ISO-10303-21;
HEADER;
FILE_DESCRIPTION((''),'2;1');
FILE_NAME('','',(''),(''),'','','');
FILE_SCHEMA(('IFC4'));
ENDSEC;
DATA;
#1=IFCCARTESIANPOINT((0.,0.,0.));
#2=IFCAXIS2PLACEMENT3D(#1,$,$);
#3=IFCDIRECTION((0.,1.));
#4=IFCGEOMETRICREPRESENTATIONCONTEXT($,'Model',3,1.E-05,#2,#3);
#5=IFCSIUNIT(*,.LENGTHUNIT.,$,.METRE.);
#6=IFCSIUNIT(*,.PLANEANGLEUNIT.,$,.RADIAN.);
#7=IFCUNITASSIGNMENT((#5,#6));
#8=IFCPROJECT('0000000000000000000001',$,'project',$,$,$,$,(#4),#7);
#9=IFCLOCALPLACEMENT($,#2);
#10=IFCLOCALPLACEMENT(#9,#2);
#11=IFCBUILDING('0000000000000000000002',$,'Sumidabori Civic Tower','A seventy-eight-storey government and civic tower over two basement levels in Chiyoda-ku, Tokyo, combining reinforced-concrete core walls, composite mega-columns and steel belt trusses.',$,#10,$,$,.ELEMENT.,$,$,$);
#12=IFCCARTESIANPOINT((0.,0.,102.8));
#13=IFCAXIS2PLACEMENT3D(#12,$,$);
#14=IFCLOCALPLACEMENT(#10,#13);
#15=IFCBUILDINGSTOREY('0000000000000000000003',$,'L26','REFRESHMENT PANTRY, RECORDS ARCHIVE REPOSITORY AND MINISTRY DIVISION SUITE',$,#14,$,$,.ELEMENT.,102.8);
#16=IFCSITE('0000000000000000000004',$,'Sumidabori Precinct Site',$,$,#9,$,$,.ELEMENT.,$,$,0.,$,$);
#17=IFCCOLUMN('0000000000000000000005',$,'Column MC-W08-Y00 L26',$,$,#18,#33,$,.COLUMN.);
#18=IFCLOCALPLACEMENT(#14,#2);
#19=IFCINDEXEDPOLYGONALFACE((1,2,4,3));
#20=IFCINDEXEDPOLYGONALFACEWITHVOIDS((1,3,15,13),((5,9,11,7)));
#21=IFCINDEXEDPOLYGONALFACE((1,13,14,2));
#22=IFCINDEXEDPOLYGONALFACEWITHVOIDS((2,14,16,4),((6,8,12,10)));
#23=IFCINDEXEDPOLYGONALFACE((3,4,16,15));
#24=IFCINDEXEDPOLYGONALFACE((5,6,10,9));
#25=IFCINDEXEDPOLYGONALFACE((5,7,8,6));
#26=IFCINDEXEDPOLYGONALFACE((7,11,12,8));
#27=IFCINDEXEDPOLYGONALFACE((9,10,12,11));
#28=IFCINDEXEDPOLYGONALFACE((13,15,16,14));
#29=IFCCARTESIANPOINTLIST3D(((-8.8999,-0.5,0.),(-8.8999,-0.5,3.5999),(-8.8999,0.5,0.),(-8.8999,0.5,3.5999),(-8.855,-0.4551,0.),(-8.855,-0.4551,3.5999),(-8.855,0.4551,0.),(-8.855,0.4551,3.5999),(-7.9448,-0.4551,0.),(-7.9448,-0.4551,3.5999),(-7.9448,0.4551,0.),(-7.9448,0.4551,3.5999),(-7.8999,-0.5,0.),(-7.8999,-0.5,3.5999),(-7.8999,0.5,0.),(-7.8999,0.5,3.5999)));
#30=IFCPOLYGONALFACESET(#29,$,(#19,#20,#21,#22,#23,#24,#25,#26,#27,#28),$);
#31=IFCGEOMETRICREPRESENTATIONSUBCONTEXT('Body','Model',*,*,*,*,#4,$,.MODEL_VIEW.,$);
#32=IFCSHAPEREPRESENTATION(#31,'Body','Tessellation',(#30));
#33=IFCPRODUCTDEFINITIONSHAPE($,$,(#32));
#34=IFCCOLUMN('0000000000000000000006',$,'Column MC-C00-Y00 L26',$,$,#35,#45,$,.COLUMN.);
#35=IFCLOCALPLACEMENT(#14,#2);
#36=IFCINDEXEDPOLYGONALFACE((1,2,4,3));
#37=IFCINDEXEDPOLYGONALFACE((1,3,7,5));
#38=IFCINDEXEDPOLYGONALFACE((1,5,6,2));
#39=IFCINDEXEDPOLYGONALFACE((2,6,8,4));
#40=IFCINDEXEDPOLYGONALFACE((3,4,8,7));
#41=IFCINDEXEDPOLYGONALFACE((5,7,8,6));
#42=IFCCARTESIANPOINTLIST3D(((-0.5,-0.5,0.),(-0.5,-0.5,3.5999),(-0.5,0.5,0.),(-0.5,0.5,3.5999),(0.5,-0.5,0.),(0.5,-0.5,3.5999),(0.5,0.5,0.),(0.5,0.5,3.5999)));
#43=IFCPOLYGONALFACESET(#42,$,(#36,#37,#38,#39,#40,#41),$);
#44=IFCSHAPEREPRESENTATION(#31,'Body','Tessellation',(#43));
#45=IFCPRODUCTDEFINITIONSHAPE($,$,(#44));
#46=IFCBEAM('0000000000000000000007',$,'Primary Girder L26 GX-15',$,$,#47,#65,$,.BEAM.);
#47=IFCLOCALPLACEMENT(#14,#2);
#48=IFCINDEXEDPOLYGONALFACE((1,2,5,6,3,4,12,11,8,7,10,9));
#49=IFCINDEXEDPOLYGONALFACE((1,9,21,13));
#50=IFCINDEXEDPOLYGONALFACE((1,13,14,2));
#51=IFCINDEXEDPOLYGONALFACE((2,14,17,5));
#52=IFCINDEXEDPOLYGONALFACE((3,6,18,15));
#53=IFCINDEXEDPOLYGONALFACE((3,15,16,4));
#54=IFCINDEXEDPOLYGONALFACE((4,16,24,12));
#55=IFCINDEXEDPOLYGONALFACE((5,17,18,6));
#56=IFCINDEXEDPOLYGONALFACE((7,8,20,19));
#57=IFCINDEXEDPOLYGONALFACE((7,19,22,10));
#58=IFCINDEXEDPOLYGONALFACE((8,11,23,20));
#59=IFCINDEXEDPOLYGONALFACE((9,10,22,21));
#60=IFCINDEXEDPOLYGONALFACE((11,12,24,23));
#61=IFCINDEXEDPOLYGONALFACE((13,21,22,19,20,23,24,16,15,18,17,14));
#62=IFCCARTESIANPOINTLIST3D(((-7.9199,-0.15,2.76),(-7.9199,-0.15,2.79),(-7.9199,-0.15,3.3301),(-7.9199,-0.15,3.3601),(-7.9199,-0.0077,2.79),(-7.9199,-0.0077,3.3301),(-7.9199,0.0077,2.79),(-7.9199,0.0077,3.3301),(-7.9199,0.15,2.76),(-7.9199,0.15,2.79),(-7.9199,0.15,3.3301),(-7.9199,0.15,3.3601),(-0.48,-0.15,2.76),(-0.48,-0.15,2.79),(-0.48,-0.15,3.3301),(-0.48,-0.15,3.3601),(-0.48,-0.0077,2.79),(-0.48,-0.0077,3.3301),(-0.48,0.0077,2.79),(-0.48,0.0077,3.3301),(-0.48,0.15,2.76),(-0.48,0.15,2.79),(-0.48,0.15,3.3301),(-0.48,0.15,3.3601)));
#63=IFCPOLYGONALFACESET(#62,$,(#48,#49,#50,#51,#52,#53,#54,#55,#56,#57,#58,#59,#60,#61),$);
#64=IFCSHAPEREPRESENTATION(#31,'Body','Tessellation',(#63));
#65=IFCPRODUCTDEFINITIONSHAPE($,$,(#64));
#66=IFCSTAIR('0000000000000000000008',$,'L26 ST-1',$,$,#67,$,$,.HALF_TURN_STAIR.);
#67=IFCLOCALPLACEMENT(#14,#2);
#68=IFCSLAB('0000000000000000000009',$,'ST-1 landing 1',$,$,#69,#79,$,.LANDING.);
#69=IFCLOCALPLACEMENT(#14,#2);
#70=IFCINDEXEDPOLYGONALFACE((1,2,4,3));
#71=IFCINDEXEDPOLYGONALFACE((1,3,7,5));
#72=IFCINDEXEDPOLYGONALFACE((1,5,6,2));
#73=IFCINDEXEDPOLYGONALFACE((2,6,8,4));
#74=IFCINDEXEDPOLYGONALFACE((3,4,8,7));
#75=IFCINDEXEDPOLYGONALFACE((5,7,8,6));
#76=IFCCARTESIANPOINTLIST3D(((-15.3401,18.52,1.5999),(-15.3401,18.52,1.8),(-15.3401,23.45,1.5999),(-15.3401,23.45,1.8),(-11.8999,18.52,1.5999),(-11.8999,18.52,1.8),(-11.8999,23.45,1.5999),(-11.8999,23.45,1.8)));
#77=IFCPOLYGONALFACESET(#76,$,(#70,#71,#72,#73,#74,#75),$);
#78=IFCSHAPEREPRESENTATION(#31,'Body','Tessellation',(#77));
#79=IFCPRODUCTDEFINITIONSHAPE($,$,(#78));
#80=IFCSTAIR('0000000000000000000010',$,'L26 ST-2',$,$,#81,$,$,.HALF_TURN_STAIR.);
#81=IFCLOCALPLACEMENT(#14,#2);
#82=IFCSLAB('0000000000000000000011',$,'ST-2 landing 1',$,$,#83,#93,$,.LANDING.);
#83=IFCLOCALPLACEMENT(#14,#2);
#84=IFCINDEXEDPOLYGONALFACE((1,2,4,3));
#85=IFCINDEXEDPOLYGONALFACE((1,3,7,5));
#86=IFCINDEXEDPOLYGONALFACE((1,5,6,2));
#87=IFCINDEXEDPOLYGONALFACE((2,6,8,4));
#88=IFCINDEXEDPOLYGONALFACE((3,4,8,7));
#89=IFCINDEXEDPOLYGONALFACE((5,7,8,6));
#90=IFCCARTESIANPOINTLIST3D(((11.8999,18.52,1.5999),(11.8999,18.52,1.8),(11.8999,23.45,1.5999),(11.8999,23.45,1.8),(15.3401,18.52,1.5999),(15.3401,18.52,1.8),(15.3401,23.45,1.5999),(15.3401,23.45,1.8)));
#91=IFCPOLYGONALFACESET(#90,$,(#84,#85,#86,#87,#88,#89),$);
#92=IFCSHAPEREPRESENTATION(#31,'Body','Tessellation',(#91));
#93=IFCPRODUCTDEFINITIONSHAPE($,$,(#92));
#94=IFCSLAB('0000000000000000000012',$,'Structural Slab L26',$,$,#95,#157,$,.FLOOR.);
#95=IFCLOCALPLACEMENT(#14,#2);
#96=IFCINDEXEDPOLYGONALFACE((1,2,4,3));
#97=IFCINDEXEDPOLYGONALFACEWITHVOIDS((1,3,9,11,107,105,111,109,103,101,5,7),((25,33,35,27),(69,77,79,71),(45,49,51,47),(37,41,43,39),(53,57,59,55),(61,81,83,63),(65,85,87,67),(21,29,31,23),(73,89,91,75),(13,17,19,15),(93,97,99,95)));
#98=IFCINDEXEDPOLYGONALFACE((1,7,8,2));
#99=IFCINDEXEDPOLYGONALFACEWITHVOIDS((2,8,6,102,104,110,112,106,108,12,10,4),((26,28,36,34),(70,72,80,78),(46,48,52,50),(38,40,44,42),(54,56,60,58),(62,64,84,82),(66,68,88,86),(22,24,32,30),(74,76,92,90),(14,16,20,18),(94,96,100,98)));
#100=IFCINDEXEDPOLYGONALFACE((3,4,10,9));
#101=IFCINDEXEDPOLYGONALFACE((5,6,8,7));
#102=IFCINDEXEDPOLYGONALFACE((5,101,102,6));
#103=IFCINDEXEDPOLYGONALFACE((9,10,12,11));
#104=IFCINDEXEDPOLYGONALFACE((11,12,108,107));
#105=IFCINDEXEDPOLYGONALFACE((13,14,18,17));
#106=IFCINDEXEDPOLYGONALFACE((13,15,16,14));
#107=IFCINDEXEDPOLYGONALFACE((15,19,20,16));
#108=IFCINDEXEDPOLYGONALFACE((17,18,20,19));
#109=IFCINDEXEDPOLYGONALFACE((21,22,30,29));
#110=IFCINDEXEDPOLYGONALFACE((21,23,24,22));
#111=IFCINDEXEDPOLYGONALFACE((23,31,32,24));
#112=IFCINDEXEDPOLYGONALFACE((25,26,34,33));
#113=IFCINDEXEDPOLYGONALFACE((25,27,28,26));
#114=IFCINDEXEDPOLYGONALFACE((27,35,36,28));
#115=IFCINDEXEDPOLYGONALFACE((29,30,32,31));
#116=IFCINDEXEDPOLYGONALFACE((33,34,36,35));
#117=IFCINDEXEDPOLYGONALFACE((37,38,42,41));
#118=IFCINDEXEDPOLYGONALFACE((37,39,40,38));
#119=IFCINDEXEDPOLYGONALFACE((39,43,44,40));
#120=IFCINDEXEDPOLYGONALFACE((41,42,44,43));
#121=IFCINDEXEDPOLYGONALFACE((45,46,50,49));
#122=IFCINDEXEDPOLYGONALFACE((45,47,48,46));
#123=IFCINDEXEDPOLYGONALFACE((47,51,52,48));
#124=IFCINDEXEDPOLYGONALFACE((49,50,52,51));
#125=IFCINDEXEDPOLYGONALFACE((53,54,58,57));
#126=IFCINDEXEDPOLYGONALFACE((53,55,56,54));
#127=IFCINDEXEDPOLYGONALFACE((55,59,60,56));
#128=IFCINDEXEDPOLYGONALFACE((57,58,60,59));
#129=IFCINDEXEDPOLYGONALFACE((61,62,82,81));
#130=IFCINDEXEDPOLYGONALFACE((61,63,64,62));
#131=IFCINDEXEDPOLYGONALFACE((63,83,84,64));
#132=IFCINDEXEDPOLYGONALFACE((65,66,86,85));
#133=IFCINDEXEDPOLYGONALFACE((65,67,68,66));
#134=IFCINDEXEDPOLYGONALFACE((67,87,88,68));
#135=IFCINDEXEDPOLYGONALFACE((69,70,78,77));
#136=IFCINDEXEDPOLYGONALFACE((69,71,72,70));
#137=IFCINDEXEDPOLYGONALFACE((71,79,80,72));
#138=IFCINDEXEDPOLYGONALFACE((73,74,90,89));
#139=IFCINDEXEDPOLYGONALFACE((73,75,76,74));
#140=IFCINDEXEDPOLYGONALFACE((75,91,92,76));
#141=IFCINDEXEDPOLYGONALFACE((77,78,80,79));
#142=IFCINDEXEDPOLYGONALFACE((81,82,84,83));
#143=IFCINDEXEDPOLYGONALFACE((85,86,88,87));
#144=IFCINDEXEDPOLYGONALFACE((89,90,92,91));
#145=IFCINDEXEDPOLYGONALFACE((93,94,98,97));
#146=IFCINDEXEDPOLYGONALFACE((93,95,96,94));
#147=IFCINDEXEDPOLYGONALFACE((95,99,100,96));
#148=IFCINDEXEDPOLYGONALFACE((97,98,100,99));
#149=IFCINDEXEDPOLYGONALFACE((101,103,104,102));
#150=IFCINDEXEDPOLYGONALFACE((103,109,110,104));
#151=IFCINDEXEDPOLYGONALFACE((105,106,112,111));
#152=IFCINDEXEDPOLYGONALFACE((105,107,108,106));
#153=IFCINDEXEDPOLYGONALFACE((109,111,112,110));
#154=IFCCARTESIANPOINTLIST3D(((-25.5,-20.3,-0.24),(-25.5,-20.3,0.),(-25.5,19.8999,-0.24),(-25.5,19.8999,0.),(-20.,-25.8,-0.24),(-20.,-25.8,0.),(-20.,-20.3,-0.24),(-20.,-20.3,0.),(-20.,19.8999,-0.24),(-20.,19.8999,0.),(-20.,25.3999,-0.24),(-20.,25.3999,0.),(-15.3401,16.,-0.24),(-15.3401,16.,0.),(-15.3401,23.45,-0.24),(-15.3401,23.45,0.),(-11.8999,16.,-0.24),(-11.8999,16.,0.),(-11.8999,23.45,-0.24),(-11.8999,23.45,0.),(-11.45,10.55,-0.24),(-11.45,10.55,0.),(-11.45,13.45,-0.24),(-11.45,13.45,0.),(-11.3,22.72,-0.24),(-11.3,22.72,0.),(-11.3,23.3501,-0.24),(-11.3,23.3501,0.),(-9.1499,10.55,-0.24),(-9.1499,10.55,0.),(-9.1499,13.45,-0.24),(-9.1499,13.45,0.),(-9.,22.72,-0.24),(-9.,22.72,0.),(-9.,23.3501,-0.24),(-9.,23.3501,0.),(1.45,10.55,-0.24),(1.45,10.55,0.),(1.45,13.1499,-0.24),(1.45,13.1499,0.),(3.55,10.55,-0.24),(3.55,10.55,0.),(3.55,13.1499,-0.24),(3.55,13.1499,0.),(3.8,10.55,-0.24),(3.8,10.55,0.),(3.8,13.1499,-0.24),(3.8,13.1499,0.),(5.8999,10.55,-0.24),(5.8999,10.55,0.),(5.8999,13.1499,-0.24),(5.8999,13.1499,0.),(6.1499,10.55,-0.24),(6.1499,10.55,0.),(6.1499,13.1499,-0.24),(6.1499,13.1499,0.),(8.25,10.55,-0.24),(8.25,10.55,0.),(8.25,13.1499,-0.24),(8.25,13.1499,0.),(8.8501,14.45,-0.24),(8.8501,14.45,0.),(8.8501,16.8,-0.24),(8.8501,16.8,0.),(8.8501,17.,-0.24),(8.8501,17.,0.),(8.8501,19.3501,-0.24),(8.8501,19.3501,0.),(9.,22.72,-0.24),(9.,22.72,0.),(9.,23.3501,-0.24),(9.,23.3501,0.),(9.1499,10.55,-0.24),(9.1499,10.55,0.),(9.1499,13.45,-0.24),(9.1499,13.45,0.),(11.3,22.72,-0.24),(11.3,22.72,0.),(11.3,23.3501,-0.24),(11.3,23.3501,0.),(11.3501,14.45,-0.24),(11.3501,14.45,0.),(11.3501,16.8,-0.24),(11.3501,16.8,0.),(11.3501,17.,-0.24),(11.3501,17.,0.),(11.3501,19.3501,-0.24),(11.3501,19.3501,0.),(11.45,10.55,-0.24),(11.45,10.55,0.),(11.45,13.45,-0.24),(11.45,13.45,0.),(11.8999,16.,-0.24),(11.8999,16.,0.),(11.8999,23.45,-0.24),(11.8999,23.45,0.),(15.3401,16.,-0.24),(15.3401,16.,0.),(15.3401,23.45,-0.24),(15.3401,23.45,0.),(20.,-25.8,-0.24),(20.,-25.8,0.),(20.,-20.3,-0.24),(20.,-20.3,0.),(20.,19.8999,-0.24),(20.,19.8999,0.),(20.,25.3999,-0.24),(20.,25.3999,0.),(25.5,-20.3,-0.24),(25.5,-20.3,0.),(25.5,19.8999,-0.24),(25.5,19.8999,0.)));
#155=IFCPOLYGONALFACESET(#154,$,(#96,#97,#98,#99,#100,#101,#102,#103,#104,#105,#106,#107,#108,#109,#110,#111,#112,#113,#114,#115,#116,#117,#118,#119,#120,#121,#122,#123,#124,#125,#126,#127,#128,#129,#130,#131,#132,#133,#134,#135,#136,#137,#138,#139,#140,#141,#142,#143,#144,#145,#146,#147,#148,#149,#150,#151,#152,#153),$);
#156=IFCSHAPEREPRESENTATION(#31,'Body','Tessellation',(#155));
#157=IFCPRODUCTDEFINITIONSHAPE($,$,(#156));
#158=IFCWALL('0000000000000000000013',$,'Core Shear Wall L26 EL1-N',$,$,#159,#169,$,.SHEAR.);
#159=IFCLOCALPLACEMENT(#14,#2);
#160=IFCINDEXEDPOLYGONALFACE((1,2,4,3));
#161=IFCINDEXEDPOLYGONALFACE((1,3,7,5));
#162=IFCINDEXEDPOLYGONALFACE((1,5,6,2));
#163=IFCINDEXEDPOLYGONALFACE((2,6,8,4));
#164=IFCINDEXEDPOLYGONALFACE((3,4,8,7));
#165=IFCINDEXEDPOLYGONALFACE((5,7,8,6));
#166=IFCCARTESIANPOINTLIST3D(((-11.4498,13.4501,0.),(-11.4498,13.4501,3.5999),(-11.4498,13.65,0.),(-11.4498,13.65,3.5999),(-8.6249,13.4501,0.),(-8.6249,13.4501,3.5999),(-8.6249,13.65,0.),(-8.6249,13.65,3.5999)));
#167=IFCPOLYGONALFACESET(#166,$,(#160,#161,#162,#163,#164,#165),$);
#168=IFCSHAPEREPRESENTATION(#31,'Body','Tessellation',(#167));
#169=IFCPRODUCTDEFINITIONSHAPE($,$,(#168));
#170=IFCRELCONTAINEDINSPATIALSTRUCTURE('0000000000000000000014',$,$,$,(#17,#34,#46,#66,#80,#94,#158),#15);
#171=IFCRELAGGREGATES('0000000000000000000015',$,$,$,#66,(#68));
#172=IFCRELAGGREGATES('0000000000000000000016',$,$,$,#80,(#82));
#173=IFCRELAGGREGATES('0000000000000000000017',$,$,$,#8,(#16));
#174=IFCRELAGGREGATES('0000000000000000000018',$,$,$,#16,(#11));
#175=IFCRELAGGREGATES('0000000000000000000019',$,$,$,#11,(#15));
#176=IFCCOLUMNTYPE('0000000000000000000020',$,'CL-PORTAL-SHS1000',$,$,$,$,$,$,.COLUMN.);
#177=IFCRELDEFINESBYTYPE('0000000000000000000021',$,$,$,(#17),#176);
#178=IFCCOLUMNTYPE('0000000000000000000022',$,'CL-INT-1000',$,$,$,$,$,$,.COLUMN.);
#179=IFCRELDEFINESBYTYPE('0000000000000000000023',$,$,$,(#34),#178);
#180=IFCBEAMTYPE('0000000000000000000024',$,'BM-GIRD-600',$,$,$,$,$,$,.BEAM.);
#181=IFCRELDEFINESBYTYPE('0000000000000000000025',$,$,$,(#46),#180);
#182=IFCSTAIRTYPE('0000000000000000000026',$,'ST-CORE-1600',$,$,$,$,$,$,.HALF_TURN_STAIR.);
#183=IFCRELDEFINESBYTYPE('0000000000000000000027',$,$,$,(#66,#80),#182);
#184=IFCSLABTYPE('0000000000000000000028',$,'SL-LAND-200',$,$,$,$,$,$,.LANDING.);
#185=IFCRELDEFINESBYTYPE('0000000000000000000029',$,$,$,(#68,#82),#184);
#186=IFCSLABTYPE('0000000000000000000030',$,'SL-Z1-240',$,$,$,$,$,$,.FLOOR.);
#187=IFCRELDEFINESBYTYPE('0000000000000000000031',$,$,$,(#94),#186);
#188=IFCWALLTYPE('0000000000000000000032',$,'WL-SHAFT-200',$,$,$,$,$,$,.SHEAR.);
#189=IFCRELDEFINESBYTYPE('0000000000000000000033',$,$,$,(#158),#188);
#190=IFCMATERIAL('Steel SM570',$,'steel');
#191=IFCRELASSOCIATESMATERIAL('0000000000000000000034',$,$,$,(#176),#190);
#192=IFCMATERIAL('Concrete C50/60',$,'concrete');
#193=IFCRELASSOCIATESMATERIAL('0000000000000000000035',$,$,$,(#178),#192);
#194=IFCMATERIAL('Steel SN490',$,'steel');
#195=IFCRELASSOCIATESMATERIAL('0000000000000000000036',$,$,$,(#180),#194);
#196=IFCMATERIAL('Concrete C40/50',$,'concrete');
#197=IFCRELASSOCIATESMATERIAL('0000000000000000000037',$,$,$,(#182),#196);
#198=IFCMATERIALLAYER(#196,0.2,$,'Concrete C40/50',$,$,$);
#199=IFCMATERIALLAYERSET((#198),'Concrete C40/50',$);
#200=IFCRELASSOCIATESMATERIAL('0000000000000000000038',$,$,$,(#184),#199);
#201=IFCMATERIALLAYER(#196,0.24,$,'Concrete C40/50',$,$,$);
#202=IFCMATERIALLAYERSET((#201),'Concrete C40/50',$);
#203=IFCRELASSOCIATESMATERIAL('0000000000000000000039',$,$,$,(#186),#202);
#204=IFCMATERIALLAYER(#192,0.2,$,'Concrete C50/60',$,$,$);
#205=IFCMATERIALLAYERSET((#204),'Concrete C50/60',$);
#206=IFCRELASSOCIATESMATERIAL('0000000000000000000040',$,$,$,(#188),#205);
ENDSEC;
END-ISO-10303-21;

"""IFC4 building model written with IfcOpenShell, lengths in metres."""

from ifc_helpers import new_model, si_unit, direction, frame, frame_2d, origin, origin_with_axes, origin_2d, place, context, subcontext, project, spatial, polyline, rectangle, hollow_rectangle, i_section, outline, extrude, source, transform, mapped, material, layer, layer_set, material_profile, profile_set, type_object, element, aggregate, save


model = new_model("IFC4")

# Units and contexts
model_context = context("Model", 3, precision=1e-05, world=origin(), true_north=direction((0.0, 1.0)))
body_context = subcontext(model_context, "Body", "Model", "MODEL_VIEW")
ifc_project = project(units=[si_unit("LENGTHUNIT", "METRE"), si_unit("PLANEANGLEUNIT", "RADIAN")], contexts=[model_context])

# Site, building, storey
site_placement = place(None, origin())
site = spatial("IfcSite", under=ifc_project, at=site_placement, Name="Sumidabori Precinct Site", CompositionType="ELEMENT", RefElevation=0.0)
building_placement = place(site_placement, origin())
building = spatial("IfcBuilding", under=site, at=building_placement, Name="Sumidabori Civic Tower", Description="A seventy-eight-storey government and civic tower over two basement levels in Chiyoda-ku, Tokyo, combining reinforced-concrete core walls, composite mega-columns and steel belt trusses.", CompositionType="ELEMENT")
storey_placement = place(building_placement, frame((0.0, 0.0, 102.8)))
storey = spatial("IfcBuildingStorey", under=building, at=storey_placement, Name="L26", Description="REFRESHMENT PANTRY, RECORDS ARCHIVE REPOSITORY AND MINISTRY DIVISION SUITE", CompositionType="ELEMENT", Elevation=102.8)

# Columns
ifc_material_1 = material(Name="Steel SM570", Category="steel")
ifc_material_profile_1 = material_profile(ifc_material_1, hollow_rectangle(XDim=1.0, YDim=1.0, WallThickness=0.0449, at=origin_2d()), Name="SHS 1000x1000x45")
ifc_profile_set_1 = profile_set([ifc_material_profile_1], Name="Steel SM570")
column_type_1 = type_object("IfcColumnType", Name="CL-PORTAL-SHS1000", PredefinedType="COLUMN", material=ifc_profile_set_1)
shared_shape_1 = source(origin(), body_context, "Body", "SweptSolid", [
    extrude(hollow_rectangle(XDim=1.0, YDim=1.0, WallThickness=0.0449, at=origin_2d()), origin(), (0.0, 0.0, 1.0), 3.5999),
])
column_1_placement = place(storey_placement, frame((-8.3999, 0.0, 0.0), z_axis=(0.0, 0.0, 1.0), x_axis=(1.0, 0.0, 0.0)))
element("IfcColumn", 1, at=column_1_placement, inside=storey, type_object=column_type_1, Name="Column MC-W08-Y00 L26", PredefinedType="COLUMN", context=body_context, shape_type="MappedRepresentation", body=[
    mapped(shared_shape_1, transform((0.0, 0.0, 0.0), x_axis=(1.0, 0.0, 0.0), y_axis=(0.0, 1.0, 0.0), z_axis=(0.0, 0.0, 1.0), scale=1.0)),
])
ifc_material_2 = material(Name="Concrete C50/60", Category="concrete")
ifc_material_profile_2 = material_profile(ifc_material_2, rectangle(XDim=1.0, YDim=1.0, at=origin_2d()), Name="RC 1000x1000")
ifc_profile_set_2 = profile_set([ifc_material_profile_2], Name="Concrete C50/60")
column_type_2 = type_object("IfcColumnType", Name="CL-INT-1000", PredefinedType="COLUMN", material=ifc_profile_set_2)
shared_shape_2 = source(origin(), body_context, "Body", "SweptSolid", [
    extrude(rectangle(XDim=1.0, YDim=1.0, at=origin_2d()), origin(), (0.0, 0.0, 1.0), 3.5999),
])
column_2_placement = place(storey_placement, origin_with_axes())
element("IfcColumn", 2, at=column_2_placement, inside=storey, type_object=column_type_2, Name="Column MC-C00-Y00 L26", PredefinedType="COLUMN", context=body_context, shape_type="MappedRepresentation", body=[
    mapped(shared_shape_2, transform((0.0, 0.0, 0.0), x_axis=(1.0, 0.0, 0.0), y_axis=(0.0, 1.0, 0.0), z_axis=(0.0, 0.0, 1.0), scale=1.0)),
])

# Beam
ifc_material_3 = material(Name="Steel SN490", Category="steel")
ifc_material_profile_3 = material_profile(ifc_material_3, i_section(OverallWidth=0.3, OverallDepth=0.6001, WebThickness=0.0154, FlangeThickness=0.03, at=origin_2d()), Name="HE 600 B")
ifc_profile_set_3 = profile_set([ifc_material_profile_3], Name="Steel SN490")
beam_type = type_object("IfcBeamType", Name="BM-GIRD-600", PredefinedType="BEAM", material=ifc_profile_set_3)
shared_shape_3 = source(origin(), body_context, "Body", "SweptSolid", [
    extrude(i_section(OverallWidth=0.3, OverallDepth=0.6001, WebThickness=0.0154, FlangeThickness=0.03, at=origin_2d()), origin(), (0.0, 0.0, 1.0), 7.4399),
])
beam_placement = place(storey_placement, frame((-7.9199, 0.0, 3.0601), z_axis=(1.0, 0.0, 0.0), x_axis=(0.0, 1.0, 0.0)))
element("IfcBeam", 3, at=beam_placement, inside=storey, type_object=beam_type, Name="Primary Girder L26 GX-15", PredefinedType="BEAM", context=body_context, shape_type="MappedRepresentation", body=[
    mapped(shared_shape_3, transform((0.0, 0.0, 0.0), x_axis=(1.0, 0.0, 0.0), y_axis=(0.0, 1.0, 0.0), z_axis=(0.0, 0.0, 1.0), scale=1.0)),
])

# Stairs, slabs
ifc_material_4 = material(Name="Concrete C40/50", Category="concrete")
stair_type = type_object("IfcStairType", Name="ST-CORE-1600", PredefinedType="HALF_TURN_STAIR", material=ifc_material_4)
stair_1_placement = place(storey_placement, origin())
stair_1 = element("IfcStair", 4, at=stair_1_placement, inside=storey, type_object=stair_type, Name="L26 ST-1", PredefinedType="HALF_TURN_STAIR")
ifc_layer_1 = layer(ifc_material_4, 0.2, Name="Concrete C40/50")
ifc_layer_set_1 = layer_set([ifc_layer_1], Name="Concrete C40/50")
slab_type_1 = type_object("IfcSlabType", Name="SL-LAND-200", PredefinedType="LANDING", material=ifc_layer_set_1)
slab_1_placement = place(storey_placement, frame((0.0, 0.0, 1.5999)))
slab_1 = element("IfcSlab", 5, at=slab_1_placement, type_object=slab_type_1, Name="ST-1 landing 1", PredefinedType="LANDING", context=body_context, shape_type="SweptSolid", body=[
    extrude(outline(polyline([(-11.8999, 18.52), (-11.8999, 23.45), (-15.3401, 23.45), (-15.3401, 18.52), (-11.8999, 18.52)])), origin(), (0.0, 0.0, 1.0), 0.2002),
])
aggregate(stair_1, [slab_1])
stair_2_placement = place(storey_placement, origin())
stair_2 = element("IfcStair", 6, at=stair_2_placement, inside=storey, type_object=stair_type, Name="L26 ST-2", PredefinedType="HALF_TURN_STAIR")
slab_2_placement = place(storey_placement, frame((0.0, 0.0, 1.5999)))
slab_2 = element("IfcSlab", 7, at=slab_2_placement, type_object=slab_type_1, Name="ST-2 landing 1", PredefinedType="LANDING", context=body_context, shape_type="SweptSolid", body=[
    extrude(outline(polyline([(15.3401, 18.52), (15.3401, 23.45), (11.8999, 23.45), (11.8999, 18.52), (15.3401, 18.52)])), origin(), (0.0, 0.0, 1.0), 0.2002),
])
aggregate(stair_2, [slab_2])

# Slab
ifc_layer_2 = layer(ifc_material_4, 0.24, Name="Concrete C40/50")
ifc_layer_set_2 = layer_set([ifc_layer_2], Name="Concrete C40/50")
slab_type_2 = type_object("IfcSlabType", Name="SL-Z1-240", PredefinedType="FLOOR", material=ifc_layer_set_2)
slab_3_placement = place(storey_placement, frame((0.0, 0.0, -0.24)))
element("IfcSlab", 8, at=slab_3_placement, inside=storey, type_object=slab_type_2, Name="Structural Slab L26", PredefinedType="FLOOR", context=body_context, shape_type="SweptSolid", body=[
    extrude(outline(polyline([(-20.0, -25.8), (20.0, -25.8), (20.0, -20.3), (25.5, -20.3), (25.5, 19.8999), (20.0, 19.8999), (20.0, 25.3999), (-20.0, 25.3999), (-20.0, 19.8999), (-25.5, 19.8999), (-25.5, -20.3), (-20.0, -20.3), (-20.0, -25.8)]), holes=[polyline([(-11.8999, 16.0), (-11.8999, 23.45), (-15.3401, 23.45), (-15.3401, 16.0), (-11.8999, 16.0)]), polyline([(15.3401, 16.0), (15.3401, 23.45), (11.8999, 23.45), (11.8999, 16.0), (15.3401, 16.0)]), polyline([(-11.45, 10.55), (-9.1499, 10.55), (-9.1499, 13.45), (-11.45, 13.45), (-11.45, 10.55)]), polyline([(9.1499, 10.55), (11.45, 10.55), (11.45, 13.45), (9.1499, 13.45), (9.1499, 10.55)]), polyline([(1.45, 10.55), (3.55, 10.55), (3.55, 13.1499), (1.45, 13.1499), (1.45, 10.55)]), polyline([(3.8, 10.55), (5.8999, 10.55), (5.8999, 13.1499), (3.8, 13.1499), (3.8, 10.55)]), polyline([(6.1499, 10.55), (8.25, 10.55), (8.25, 13.1499), (6.1499, 13.1499), (6.1499, 10.55)]), polyline([(8.8501, 14.45), (11.3501, 14.45), (11.3501, 16.8), (8.8501, 16.8), (8.8501, 14.45)]), polyline([(8.8501, 17.0), (11.3501, 17.0), (11.3501, 19.3501), (8.8501, 19.3501), (8.8501, 17.0)]), polyline([(-11.3, 22.72), (-9.0, 22.72), (-9.0, 23.3501), (-11.3, 23.3501), (-11.3, 22.72)]), polyline([(9.0, 22.72), (11.3, 22.72), (11.3, 23.3501), (9.0, 23.3501), (9.0, 22.72)])]), origin(), (0.0, 0.0, 1.0), 0.24),
])

# Wall
ifc_layer_3 = layer(ifc_material_2, 0.2, Name="Concrete C50/60")
ifc_layer_set_3 = layer_set([ifc_layer_3], Name="Concrete C50/60")
wall_type_1 = type_object("IfcWallType", Name="WL-SHAFT-200", PredefinedType="SHEAR", material=ifc_layer_set_3)
shared_shape_4 = source(origin(), body_context, "Body", "SweptSolid", [
    extrude(rectangle(XDim=2.825, YDim=0.2, at=frame_2d((1.4126, 0.0))), origin(), (0.0, 0.0, 1.0), 3.5999),
])
wall_1_placement = place(storey_placement, frame((-11.45, 13.55, 0.0), z_axis=(0.0, 0.0, 1.0), x_axis=(1.0, 0.0, 0.0)))
element("IfcWall", 9, at=wall_1_placement, inside=storey, type_object=wall_type_1, Name="Core Shear Wall L26 EL1-N", PredefinedType="SHEAR", context=body_context, shape_type="MappedRepresentation", body=[
    mapped(shared_shape_4, transform((0.0, 0.0, 0.0), x_axis=(1.0, 0.0, 0.0), y_axis=(0.0, 1.0, 0.0), z_axis=(0.0, 0.0, 1.0), scale=1.0)),
])

save(model, "model.ifc")
